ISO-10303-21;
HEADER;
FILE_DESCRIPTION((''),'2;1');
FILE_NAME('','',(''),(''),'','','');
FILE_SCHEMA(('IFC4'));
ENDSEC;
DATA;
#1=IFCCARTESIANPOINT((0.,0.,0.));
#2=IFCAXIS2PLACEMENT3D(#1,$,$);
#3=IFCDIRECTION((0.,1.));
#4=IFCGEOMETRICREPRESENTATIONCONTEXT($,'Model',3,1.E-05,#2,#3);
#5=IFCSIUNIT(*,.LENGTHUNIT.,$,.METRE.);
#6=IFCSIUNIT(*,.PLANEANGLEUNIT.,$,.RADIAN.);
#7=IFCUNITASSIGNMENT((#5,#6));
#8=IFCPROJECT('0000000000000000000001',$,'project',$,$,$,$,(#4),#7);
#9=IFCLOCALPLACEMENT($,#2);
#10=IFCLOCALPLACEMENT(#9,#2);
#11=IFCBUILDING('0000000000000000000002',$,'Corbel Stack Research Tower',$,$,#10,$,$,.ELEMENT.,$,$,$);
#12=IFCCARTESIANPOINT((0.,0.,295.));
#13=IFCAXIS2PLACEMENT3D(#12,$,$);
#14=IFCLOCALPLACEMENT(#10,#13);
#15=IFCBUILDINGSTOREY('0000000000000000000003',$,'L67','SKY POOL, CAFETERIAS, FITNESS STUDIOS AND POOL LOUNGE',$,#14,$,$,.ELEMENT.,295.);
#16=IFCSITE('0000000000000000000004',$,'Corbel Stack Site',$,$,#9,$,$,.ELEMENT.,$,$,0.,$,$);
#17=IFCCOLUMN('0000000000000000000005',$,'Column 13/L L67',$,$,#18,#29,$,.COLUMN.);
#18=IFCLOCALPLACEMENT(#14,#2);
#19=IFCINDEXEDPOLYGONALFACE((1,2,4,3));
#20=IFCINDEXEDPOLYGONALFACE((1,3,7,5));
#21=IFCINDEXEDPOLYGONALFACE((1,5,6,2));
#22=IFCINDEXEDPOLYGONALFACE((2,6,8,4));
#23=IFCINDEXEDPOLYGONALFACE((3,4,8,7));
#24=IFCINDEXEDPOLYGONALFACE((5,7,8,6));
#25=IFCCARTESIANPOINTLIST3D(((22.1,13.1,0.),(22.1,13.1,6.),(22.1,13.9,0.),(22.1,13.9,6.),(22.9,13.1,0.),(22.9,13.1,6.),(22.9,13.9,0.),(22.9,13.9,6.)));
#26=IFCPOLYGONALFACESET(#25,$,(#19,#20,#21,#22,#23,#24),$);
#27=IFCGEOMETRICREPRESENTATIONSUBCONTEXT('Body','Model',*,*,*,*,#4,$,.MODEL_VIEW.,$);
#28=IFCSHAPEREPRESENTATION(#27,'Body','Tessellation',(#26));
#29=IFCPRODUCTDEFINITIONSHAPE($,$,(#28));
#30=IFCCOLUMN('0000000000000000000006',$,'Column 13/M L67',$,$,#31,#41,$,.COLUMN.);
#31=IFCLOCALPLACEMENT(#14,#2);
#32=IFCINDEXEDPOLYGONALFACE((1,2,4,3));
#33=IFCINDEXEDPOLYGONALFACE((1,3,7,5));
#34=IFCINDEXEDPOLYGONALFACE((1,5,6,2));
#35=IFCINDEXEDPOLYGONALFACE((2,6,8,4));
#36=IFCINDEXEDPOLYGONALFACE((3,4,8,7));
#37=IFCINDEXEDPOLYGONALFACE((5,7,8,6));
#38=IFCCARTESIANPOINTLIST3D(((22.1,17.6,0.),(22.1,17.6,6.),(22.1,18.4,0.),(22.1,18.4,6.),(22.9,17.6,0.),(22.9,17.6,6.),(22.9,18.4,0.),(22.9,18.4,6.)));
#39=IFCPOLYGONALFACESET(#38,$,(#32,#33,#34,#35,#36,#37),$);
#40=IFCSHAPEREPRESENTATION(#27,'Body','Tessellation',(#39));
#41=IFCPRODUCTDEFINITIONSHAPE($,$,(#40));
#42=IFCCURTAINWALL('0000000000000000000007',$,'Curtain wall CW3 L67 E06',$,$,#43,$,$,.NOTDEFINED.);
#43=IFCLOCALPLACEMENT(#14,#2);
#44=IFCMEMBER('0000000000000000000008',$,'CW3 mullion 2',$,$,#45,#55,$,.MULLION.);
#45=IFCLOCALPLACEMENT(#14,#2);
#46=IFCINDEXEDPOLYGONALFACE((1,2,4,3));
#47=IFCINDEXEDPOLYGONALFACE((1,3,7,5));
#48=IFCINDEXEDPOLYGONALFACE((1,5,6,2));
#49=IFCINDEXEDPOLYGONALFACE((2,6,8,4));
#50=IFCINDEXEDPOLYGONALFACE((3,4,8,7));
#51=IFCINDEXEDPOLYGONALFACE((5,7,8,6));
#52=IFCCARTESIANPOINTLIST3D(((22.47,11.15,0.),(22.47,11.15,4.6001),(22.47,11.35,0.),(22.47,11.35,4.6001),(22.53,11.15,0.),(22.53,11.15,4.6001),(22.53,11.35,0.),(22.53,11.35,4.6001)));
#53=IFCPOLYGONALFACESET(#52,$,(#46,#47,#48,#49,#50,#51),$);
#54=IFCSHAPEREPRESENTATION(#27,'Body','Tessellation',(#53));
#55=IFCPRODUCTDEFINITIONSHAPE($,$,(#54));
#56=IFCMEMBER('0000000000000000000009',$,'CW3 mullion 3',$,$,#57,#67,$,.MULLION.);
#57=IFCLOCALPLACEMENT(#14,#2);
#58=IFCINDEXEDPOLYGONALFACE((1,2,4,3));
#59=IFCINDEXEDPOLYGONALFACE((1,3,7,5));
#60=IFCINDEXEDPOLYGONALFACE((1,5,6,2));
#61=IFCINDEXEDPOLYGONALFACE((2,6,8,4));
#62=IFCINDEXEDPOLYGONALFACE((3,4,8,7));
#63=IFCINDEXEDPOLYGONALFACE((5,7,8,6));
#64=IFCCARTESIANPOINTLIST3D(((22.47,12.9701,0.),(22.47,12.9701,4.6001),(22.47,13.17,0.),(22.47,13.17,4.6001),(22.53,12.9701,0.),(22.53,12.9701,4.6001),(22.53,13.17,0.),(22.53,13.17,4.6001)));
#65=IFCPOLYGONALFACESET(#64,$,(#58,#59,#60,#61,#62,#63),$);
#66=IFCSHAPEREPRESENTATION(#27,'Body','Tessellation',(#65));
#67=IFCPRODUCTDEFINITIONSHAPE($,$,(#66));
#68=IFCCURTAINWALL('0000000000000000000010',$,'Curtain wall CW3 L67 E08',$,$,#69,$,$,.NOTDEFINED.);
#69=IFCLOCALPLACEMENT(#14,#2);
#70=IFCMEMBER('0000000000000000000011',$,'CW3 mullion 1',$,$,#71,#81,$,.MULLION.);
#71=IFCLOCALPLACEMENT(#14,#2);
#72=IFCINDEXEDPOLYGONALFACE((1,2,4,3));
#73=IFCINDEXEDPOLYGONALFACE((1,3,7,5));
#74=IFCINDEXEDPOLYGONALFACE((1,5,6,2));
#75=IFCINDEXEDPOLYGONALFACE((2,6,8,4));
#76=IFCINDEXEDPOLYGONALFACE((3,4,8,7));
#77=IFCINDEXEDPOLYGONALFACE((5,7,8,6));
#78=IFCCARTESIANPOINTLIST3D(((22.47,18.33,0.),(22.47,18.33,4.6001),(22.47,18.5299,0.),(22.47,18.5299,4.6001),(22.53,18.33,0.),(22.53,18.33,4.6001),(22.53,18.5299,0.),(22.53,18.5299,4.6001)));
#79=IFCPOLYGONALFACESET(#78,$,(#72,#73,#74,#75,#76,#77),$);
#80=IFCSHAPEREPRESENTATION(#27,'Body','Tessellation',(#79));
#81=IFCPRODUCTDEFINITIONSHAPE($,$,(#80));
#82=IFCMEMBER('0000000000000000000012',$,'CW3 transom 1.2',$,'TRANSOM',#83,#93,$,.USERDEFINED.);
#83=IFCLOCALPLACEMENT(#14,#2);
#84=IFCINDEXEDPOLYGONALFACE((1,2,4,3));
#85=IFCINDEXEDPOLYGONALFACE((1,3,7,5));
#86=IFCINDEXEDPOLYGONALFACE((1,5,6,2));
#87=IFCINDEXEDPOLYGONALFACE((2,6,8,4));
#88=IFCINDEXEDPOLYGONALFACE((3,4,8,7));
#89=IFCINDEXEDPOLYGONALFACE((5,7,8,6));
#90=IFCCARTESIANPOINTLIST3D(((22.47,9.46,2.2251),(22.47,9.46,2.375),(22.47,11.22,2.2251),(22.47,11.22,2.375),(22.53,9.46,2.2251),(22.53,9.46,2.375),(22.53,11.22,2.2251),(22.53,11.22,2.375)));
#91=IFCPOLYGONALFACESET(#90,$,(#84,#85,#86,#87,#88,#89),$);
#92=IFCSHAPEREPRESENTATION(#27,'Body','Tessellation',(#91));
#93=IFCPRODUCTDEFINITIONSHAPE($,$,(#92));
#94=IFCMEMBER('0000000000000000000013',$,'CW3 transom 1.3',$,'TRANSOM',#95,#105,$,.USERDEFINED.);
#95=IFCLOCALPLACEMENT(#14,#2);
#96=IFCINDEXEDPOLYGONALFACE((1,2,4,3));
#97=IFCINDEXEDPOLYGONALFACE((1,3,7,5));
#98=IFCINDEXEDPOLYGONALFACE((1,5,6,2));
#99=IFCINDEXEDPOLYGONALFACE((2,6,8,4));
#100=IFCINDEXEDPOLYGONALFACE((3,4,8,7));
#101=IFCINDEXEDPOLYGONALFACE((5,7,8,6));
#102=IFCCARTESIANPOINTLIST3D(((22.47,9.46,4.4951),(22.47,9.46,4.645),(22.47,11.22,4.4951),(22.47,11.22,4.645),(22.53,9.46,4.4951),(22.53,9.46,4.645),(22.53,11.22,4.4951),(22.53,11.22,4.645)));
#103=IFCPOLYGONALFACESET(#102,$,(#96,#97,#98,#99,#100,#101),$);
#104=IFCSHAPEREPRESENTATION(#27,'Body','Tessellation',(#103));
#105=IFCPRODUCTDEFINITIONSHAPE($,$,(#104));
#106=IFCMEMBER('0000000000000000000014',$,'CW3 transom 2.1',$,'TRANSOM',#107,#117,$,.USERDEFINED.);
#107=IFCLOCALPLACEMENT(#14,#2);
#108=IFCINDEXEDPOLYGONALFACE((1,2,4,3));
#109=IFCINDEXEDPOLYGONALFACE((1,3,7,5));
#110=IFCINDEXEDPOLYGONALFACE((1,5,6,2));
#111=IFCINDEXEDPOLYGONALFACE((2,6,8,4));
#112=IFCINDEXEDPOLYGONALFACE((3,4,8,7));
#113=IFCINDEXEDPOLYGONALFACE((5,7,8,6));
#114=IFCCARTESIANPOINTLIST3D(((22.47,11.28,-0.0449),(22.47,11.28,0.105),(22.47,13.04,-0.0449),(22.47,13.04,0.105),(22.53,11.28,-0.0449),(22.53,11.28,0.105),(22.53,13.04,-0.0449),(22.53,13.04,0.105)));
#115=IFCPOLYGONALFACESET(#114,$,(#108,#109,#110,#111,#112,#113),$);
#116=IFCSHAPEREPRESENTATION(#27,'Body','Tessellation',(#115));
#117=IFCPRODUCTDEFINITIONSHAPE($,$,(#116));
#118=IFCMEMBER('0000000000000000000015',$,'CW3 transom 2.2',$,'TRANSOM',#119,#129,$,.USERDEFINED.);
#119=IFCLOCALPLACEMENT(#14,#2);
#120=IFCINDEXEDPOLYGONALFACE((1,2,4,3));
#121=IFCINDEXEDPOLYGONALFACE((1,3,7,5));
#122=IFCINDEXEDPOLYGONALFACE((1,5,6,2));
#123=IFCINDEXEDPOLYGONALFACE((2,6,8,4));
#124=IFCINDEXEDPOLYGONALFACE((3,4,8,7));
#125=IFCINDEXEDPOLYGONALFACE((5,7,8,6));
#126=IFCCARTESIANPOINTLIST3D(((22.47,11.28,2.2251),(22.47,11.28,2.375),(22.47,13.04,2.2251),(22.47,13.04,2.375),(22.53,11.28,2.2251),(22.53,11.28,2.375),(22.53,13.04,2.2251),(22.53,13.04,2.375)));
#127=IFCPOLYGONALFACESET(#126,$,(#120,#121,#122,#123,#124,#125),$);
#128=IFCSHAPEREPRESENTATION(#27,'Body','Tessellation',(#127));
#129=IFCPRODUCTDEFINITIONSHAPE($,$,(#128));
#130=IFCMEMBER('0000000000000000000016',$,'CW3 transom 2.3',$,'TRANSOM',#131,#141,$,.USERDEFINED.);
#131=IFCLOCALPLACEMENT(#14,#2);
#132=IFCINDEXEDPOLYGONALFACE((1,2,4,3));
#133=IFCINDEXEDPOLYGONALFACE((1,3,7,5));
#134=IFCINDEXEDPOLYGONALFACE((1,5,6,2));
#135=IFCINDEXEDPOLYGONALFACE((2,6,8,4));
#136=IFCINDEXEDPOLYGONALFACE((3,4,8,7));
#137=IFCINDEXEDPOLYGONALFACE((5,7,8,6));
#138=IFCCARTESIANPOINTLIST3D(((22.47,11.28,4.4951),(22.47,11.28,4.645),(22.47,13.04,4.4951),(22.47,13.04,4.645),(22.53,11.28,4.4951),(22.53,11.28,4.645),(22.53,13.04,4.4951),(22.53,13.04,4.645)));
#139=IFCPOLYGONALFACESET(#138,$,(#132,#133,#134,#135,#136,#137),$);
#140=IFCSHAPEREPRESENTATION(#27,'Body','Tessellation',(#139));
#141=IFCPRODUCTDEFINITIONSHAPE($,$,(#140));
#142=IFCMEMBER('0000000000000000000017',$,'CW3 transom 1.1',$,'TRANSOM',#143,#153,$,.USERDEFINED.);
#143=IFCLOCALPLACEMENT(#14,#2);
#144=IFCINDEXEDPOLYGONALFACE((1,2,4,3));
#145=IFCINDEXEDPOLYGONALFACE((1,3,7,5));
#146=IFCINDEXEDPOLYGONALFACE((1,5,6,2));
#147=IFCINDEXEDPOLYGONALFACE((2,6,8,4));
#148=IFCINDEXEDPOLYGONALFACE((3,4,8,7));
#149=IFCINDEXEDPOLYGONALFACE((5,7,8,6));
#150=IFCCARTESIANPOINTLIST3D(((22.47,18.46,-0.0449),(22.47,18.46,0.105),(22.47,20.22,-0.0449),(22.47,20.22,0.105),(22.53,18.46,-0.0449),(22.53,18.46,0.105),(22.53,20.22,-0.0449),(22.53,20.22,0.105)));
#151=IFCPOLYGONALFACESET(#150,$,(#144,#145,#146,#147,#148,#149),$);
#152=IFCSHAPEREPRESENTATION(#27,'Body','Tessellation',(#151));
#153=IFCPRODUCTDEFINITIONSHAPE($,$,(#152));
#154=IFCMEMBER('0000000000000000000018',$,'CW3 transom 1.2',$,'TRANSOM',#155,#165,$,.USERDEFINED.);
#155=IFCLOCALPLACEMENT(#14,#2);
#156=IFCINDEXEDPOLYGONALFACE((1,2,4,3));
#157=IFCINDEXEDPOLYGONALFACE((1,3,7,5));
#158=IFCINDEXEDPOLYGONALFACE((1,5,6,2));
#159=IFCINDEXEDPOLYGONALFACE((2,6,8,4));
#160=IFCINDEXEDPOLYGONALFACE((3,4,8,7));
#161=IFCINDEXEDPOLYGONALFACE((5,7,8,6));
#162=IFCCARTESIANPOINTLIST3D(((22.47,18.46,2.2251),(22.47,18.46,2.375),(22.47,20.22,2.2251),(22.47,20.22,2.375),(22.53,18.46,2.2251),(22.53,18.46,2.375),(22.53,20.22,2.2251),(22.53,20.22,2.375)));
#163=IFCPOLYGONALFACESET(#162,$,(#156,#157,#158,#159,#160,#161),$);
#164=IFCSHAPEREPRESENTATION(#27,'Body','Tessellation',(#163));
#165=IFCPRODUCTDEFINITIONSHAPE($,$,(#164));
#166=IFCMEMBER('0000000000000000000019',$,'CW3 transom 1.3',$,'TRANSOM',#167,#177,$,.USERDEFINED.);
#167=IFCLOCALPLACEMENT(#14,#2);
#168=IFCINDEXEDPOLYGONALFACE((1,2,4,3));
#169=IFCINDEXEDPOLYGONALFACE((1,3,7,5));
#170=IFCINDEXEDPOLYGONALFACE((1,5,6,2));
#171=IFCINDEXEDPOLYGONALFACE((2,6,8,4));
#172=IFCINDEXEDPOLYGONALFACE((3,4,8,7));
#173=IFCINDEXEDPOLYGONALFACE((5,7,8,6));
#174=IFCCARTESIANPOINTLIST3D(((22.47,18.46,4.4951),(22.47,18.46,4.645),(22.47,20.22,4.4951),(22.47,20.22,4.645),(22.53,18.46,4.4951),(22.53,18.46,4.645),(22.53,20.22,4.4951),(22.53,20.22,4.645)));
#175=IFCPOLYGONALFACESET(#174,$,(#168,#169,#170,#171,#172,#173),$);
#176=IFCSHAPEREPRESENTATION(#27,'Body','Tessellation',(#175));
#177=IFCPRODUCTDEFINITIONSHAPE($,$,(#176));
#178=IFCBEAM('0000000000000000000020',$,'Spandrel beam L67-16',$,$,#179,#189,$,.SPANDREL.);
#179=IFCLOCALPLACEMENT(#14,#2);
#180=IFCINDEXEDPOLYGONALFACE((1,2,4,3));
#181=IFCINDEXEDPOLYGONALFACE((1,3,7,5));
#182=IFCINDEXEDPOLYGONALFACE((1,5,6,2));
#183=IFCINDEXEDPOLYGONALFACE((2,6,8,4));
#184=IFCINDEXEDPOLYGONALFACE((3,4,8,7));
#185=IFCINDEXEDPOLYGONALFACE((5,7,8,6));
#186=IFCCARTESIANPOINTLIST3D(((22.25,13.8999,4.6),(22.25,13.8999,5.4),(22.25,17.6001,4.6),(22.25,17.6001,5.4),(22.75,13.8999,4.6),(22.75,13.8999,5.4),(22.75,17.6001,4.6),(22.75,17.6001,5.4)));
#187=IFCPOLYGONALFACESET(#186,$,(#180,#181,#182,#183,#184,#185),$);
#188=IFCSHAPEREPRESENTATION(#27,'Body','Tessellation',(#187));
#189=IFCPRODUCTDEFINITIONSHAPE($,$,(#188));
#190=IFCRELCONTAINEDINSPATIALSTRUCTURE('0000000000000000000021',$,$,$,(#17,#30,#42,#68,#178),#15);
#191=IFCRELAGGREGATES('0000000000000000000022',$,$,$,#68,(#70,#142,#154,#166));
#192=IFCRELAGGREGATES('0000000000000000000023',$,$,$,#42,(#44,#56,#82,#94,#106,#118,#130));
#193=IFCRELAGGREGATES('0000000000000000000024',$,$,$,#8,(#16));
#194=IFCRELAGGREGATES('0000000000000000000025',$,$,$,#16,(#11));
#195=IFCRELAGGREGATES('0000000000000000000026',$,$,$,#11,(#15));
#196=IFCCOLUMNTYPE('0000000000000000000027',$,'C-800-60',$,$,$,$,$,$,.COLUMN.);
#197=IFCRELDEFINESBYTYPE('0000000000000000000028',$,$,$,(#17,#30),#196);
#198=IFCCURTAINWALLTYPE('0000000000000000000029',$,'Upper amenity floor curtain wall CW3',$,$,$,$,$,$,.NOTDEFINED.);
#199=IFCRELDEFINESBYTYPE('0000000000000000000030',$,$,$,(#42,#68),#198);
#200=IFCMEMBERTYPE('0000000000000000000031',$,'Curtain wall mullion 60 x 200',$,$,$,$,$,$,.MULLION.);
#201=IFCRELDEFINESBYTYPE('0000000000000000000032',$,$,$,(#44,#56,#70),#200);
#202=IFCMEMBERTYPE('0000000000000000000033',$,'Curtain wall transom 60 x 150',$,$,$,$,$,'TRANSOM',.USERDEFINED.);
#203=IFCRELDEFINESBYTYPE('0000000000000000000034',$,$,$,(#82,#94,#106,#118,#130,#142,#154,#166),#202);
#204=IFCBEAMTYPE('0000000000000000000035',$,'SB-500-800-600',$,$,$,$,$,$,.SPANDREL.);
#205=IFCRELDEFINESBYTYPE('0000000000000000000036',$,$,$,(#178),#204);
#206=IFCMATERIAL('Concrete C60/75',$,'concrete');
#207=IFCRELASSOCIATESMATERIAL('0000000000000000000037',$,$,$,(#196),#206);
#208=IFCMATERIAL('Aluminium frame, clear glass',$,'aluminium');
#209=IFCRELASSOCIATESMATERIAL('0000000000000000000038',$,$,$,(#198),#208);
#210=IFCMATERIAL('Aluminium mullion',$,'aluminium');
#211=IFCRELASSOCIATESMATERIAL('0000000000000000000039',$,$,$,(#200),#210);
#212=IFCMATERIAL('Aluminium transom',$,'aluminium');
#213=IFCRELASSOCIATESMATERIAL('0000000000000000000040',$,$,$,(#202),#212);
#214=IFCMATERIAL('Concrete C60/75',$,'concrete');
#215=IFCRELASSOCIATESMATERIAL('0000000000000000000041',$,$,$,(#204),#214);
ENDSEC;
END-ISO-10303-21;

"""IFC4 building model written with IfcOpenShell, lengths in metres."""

from ifc_helpers import new_model, si_unit, direction, frame, origin, origin_2d, place, context, subcontext, project, spatial, rectangle, extrude, material, material_profile, profile_set, type_object, element, aggregate, save


model = new_model("IFC4")

# Units and contexts
model_context = context("Model", 3, precision=1e-05, world=origin(), true_north=direction((0.0, 1.0)))
body_context = subcontext(model_context, "Body", "Model", "MODEL_VIEW")
ifc_project = project(units=[si_unit("LENGTHUNIT", "METRE"), si_unit("PLANEANGLEUNIT", "RADIAN")], contexts=[model_context])

# Site, building, storey
site_placement = place(None, origin())
site = spatial("IfcSite", under=ifc_project, at=site_placement, Name="Corbel Stack Site", CompositionType="ELEMENT", RefElevation=0.0)
building_placement = place(site_placement, origin())
building = spatial("IfcBuilding", under=site, at=building_placement, Name="Corbel Stack Research Tower", CompositionType="ELEMENT")
storey_placement = place(building_placement, frame((0.0, 0.0, 295.0)))
storey = spatial("IfcBuildingStorey", under=building, at=storey_placement, Name="L67", Description="SKY POOL, CAFETERIAS, FITNESS STUDIOS AND POOL LOUNGE", CompositionType="ELEMENT", Elevation=295.0)

# Columns
ifc_material_1 = material(Name="Concrete C60/75", Category="concrete")
ifc_material_profile_1 = material_profile(ifc_material_1, rectangle(XDim=0.8, YDim=0.8, at=origin_2d()), Name="RC 800 x 800")
ifc_profile_set_1 = profile_set([ifc_material_profile_1], Name="Concrete C60/75")
column_type = type_object("IfcColumnType", Name="C-800-60", PredefinedType="COLUMN", material=ifc_profile_set_1)
for number, where, z_axis, x_axis, name in (
    (1, (22.5, 13.5, 0.0), (0.0, 0.0, 1.0), (1.0, 0.0, 0.0), "Column 13/L L67"),
    (2, (22.5, 18.0, 0.0), (0.0, 0.0, 1.0), (1.0, 0.0, 0.0), "Column 13/M L67"),
):
    element("IfcColumn", number, at=place(storey_placement, frame(where, z_axis=z_axis, x_axis=x_axis)), inside=storey, type_object=column_type, Name=name, PredefinedType="COLUMN", context=body_context, shape_type="SweptSolid", body=[
        extrude(rectangle(XDim=0.8, YDim=0.8, at=origin_2d()), origin(), (0.0, 0.0, 1.0), 6.0),
    ])

# Curtain wall, members
ifc_material_2 = material(Name="Aluminium frame, clear glass", Category="aluminium")
curtain_wall_type = type_object("IfcCurtainWallType", Name="Upper amenity floor curtain wall CW3", PredefinedType="NOTDEFINED", material=ifc_material_2)
curtain_wall_1_placement = place(storey_placement, origin())
curtain_wall_1 = element("IfcCurtainWall", 3, at=curtain_wall_1_placement, inside=storey, type_object=curtain_wall_type, Name="Curtain wall CW3 L67 E06", PredefinedType="NOTDEFINED")
ifc_material_3 = material(Name="Aluminium mullion", Category="aluminium")
ifc_material_profile_2 = material_profile(ifc_material_3, rectangle(XDim=0.0601, YDim=0.2, at=origin_2d()), Name="Mullion 60 x 200")
ifc_profile_set_2 = profile_set([ifc_material_profile_2], Name="Aluminium mullion")
member_type_1 = type_object("IfcMemberType", Name="Curtain wall mullion 60 x 200", PredefinedType="MULLION", material=ifc_profile_set_2)
member_1_placement = place(storey_placement, frame((22.5, 11.25, 0.0), z_axis=(0.0, 0.0, 1.0), x_axis=(-1.0, 0.0, 0.0)))
member_1 = element("IfcMember", 4, at=member_1_placement, type_object=member_type_1, Name="CW3 mullion 2", PredefinedType="MULLION", context=body_context, shape_type="SweptSolid", body=[
    extrude(rectangle(XDim=0.0601, YDim=0.2, at=origin_2d()), origin(), (0.0, 0.0, 1.0), 4.6001),
])
member_2_placement = place(storey_placement, frame((22.5, 13.0701, 0.0), z_axis=(0.0, 0.0, 1.0), x_axis=(-1.0, 0.0, 0.0)))
member_2 = element("IfcMember", 5, at=member_2_placement, type_object=member_type_1, Name="CW3 mullion 3", PredefinedType="MULLION", context=body_context, shape_type="SweptSolid", body=[
    extrude(rectangle(XDim=0.0601, YDim=0.2, at=origin_2d()), origin(), (0.0, 0.0, 1.0), 4.6001),
])

# Curtain wall, member
curtain_wall_2_placement = place(storey_placement, origin())
curtain_wall_2 = element("IfcCurtainWall", 6, at=curtain_wall_2_placement, inside=storey, type_object=curtain_wall_type, Name="Curtain wall CW3 L67 E08", PredefinedType="NOTDEFINED")
member_3_placement = place(storey_placement, frame((22.5, 18.4299, 0.0), z_axis=(0.0, 0.0, 1.0), x_axis=(-1.0, 0.0, 0.0)))
member_3 = element("IfcMember", 7, at=member_3_placement, type_object=member_type_1, Name="CW3 mullion 1", PredefinedType="MULLION", context=body_context, shape_type="SweptSolid", body=[
    extrude(rectangle(XDim=0.0601, YDim=0.2, at=origin_2d()), origin(), (0.0, 0.0, 1.0), 4.6001),
])

# Members
ifc_material_4 = material(Name="Aluminium transom", Category="aluminium")
ifc_material_profile_3 = material_profile(ifc_material_4, rectangle(XDim=0.0601, YDim=0.1499, at=origin_2d()), Name="Transom 60 x 150")
ifc_profile_set_3 = profile_set([ifc_material_profile_3], Name="Aluminium transom")
member_type_2 = type_object("IfcMemberType", Name="Curtain wall transom 60 x 150", ElementType="TRANSOM", PredefinedType="USERDEFINED", material=ifc_profile_set_3)
member_4_placement = place(storey_placement, frame((22.5, 9.46, 2.3), z_axis=(0.0, 1.0, 0.0), x_axis=(-1.0, 0.0, 0.0)))
member_4 = element("IfcMember", 8, at=member_4_placement, type_object=member_type_2, Name="CW3 transom 1.2", ObjectType="TRANSOM", PredefinedType="USERDEFINED", context=body_context, shape_type="SweptSolid", body=[
    extrude(rectangle(XDim=0.0601, YDim=0.1499, at=origin_2d()), origin(), (0.0, 0.0, 1.0), 1.76),
])
member_5_placement = place(storey_placement, frame((22.5, 9.46, 4.5701), z_axis=(0.0, 1.0, 0.0), x_axis=(-1.0, 0.0, 0.0)))
member_5 = element("IfcMember", 9, at=member_5_placement, type_object=member_type_2, Name="CW3 transom 1.3", ObjectType="TRANSOM", PredefinedType="USERDEFINED", context=body_context, shape_type="SweptSolid", body=[
    extrude(rectangle(XDim=0.0601, YDim=0.1499, at=origin_2d()), origin(), (0.0, 0.0, 1.0), 1.76),
])
member_6_placement = place(storey_placement, frame((22.5, 11.28, 0.03), z_axis=(0.0, 1.0, 0.0), x_axis=(-1.0, 0.0, 0.0)))
member_6 = element("IfcMember", 10, at=member_6_placement, type_object=member_type_2, Name="CW3 transom 2.1", ObjectType="TRANSOM", PredefinedType="USERDEFINED", context=body_context, shape_type="SweptSolid", body=[
    extrude(rectangle(XDim=0.0601, YDim=0.1499, at=origin_2d()), origin(), (0.0, 0.0, 1.0), 1.76),
])
member_7_placement = place(storey_placement, frame((22.5, 11.28, 2.3), z_axis=(0.0, 1.0, 0.0), x_axis=(-1.0, 0.0, 0.0)))
member_7 = element("IfcMember", 11, at=member_7_placement, type_object=member_type_2, Name="CW3 transom 2.2", ObjectType="TRANSOM", PredefinedType="USERDEFINED", context=body_context, shape_type="SweptSolid", body=[
    extrude(rectangle(XDim=0.0601, YDim=0.1499, at=origin_2d()), origin(), (0.0, 0.0, 1.0), 1.76),
])
member_8_placement = place(storey_placement, frame((22.5, 11.28, 4.5701), z_axis=(0.0, 1.0, 0.0), x_axis=(-1.0, 0.0, 0.0)))
member_8 = element("IfcMember", 12, at=member_8_placement, type_object=member_type_2, Name="CW3 transom 2.3", ObjectType="TRANSOM", PredefinedType="USERDEFINED", context=body_context, shape_type="SweptSolid", body=[
    extrude(rectangle(XDim=0.0601, YDim=0.1499, at=origin_2d()), origin(), (0.0, 0.0, 1.0), 1.76),
])
member_9_placement = place(storey_placement, frame((22.5, 18.46, 0.03), z_axis=(0.0, 1.0, 0.0), x_axis=(-1.0, 0.0, 0.0)))
member_9 = element("IfcMember", 13, at=member_9_placement, type_object=member_type_2, Name="CW3 transom 1.1", ObjectType="TRANSOM", PredefinedType="USERDEFINED", context=body_context, shape_type="SweptSolid", body=[
    extrude(rectangle(XDim=0.0601, YDim=0.1499, at=origin_2d()), origin(), (0.0, 0.0, 1.0), 1.76),
])
member_10_placement = place(storey_placement, frame((22.5, 18.46, 2.3), z_axis=(0.0, 1.0, 0.0), x_axis=(-1.0, 0.0, 0.0)))
member_10 = element("IfcMember", 14, at=member_10_placement, type_object=member_type_2, Name="CW3 transom 1.2", ObjectType="TRANSOM", PredefinedType="USERDEFINED", context=body_context, shape_type="SweptSolid", body=[
    extrude(rectangle(XDim=0.0601, YDim=0.1499, at=origin_2d()), origin(), (0.0, 0.0, 1.0), 1.76),
])
member_11_placement = place(storey_placement, frame((22.5, 18.46, 4.5701), z_axis=(0.0, 1.0, 0.0), x_axis=(-1.0, 0.0, 0.0)))
member_11 = element("IfcMember", 15, at=member_11_placement, type_object=member_type_2, Name="CW3 transom 1.3", ObjectType="TRANSOM", PredefinedType="USERDEFINED", context=body_context, shape_type="SweptSolid", body=[
    extrude(rectangle(XDim=0.0601, YDim=0.1499, at=origin_2d()), origin(), (0.0, 0.0, 1.0), 1.76),
])
aggregate(curtain_wall_2, [member_3, member_9, member_10, member_11])

# Beam
ifc_material_5 = material(Name="Concrete C60/75", Category="concrete")
ifc_material_profile_4 = material_profile(ifc_material_5, rectangle(XDim=0.5, YDim=0.8, at=origin_2d()), Name="RC 500 x 800")
ifc_profile_set_4 = profile_set([ifc_material_profile_4], Name="Concrete C60/75")
beam_type = type_object("IfcBeamType", Name="SB-500-800-600", PredefinedType="SPANDREL", material=ifc_profile_set_4)
for number, where, z_axis, x_axis, name in (
    (16, (22.5, 13.8999, 5.0), (0.0, 1.0, 0.0), (-1.0, 0.0, 0.0), "Spandrel beam L67-16"),
):
    element("IfcBeam", number, at=place(storey_placement, frame(where, z_axis=z_axis, x_axis=x_axis)), inside=storey, type_object=beam_type, Name=name, PredefinedType="SPANDREL", context=body_context, shape_type="SweptSolid", body=[
        extrude(rectangle(XDim=0.5, YDim=0.8, at=origin_2d()), origin(), (0.0, 0.0, 1.0), 3.7002),
    ])

aggregate(curtain_wall_1, [member_1, member_2, member_4, member_5, member_6, member_7, member_8])

save(model, "model.ifc")
